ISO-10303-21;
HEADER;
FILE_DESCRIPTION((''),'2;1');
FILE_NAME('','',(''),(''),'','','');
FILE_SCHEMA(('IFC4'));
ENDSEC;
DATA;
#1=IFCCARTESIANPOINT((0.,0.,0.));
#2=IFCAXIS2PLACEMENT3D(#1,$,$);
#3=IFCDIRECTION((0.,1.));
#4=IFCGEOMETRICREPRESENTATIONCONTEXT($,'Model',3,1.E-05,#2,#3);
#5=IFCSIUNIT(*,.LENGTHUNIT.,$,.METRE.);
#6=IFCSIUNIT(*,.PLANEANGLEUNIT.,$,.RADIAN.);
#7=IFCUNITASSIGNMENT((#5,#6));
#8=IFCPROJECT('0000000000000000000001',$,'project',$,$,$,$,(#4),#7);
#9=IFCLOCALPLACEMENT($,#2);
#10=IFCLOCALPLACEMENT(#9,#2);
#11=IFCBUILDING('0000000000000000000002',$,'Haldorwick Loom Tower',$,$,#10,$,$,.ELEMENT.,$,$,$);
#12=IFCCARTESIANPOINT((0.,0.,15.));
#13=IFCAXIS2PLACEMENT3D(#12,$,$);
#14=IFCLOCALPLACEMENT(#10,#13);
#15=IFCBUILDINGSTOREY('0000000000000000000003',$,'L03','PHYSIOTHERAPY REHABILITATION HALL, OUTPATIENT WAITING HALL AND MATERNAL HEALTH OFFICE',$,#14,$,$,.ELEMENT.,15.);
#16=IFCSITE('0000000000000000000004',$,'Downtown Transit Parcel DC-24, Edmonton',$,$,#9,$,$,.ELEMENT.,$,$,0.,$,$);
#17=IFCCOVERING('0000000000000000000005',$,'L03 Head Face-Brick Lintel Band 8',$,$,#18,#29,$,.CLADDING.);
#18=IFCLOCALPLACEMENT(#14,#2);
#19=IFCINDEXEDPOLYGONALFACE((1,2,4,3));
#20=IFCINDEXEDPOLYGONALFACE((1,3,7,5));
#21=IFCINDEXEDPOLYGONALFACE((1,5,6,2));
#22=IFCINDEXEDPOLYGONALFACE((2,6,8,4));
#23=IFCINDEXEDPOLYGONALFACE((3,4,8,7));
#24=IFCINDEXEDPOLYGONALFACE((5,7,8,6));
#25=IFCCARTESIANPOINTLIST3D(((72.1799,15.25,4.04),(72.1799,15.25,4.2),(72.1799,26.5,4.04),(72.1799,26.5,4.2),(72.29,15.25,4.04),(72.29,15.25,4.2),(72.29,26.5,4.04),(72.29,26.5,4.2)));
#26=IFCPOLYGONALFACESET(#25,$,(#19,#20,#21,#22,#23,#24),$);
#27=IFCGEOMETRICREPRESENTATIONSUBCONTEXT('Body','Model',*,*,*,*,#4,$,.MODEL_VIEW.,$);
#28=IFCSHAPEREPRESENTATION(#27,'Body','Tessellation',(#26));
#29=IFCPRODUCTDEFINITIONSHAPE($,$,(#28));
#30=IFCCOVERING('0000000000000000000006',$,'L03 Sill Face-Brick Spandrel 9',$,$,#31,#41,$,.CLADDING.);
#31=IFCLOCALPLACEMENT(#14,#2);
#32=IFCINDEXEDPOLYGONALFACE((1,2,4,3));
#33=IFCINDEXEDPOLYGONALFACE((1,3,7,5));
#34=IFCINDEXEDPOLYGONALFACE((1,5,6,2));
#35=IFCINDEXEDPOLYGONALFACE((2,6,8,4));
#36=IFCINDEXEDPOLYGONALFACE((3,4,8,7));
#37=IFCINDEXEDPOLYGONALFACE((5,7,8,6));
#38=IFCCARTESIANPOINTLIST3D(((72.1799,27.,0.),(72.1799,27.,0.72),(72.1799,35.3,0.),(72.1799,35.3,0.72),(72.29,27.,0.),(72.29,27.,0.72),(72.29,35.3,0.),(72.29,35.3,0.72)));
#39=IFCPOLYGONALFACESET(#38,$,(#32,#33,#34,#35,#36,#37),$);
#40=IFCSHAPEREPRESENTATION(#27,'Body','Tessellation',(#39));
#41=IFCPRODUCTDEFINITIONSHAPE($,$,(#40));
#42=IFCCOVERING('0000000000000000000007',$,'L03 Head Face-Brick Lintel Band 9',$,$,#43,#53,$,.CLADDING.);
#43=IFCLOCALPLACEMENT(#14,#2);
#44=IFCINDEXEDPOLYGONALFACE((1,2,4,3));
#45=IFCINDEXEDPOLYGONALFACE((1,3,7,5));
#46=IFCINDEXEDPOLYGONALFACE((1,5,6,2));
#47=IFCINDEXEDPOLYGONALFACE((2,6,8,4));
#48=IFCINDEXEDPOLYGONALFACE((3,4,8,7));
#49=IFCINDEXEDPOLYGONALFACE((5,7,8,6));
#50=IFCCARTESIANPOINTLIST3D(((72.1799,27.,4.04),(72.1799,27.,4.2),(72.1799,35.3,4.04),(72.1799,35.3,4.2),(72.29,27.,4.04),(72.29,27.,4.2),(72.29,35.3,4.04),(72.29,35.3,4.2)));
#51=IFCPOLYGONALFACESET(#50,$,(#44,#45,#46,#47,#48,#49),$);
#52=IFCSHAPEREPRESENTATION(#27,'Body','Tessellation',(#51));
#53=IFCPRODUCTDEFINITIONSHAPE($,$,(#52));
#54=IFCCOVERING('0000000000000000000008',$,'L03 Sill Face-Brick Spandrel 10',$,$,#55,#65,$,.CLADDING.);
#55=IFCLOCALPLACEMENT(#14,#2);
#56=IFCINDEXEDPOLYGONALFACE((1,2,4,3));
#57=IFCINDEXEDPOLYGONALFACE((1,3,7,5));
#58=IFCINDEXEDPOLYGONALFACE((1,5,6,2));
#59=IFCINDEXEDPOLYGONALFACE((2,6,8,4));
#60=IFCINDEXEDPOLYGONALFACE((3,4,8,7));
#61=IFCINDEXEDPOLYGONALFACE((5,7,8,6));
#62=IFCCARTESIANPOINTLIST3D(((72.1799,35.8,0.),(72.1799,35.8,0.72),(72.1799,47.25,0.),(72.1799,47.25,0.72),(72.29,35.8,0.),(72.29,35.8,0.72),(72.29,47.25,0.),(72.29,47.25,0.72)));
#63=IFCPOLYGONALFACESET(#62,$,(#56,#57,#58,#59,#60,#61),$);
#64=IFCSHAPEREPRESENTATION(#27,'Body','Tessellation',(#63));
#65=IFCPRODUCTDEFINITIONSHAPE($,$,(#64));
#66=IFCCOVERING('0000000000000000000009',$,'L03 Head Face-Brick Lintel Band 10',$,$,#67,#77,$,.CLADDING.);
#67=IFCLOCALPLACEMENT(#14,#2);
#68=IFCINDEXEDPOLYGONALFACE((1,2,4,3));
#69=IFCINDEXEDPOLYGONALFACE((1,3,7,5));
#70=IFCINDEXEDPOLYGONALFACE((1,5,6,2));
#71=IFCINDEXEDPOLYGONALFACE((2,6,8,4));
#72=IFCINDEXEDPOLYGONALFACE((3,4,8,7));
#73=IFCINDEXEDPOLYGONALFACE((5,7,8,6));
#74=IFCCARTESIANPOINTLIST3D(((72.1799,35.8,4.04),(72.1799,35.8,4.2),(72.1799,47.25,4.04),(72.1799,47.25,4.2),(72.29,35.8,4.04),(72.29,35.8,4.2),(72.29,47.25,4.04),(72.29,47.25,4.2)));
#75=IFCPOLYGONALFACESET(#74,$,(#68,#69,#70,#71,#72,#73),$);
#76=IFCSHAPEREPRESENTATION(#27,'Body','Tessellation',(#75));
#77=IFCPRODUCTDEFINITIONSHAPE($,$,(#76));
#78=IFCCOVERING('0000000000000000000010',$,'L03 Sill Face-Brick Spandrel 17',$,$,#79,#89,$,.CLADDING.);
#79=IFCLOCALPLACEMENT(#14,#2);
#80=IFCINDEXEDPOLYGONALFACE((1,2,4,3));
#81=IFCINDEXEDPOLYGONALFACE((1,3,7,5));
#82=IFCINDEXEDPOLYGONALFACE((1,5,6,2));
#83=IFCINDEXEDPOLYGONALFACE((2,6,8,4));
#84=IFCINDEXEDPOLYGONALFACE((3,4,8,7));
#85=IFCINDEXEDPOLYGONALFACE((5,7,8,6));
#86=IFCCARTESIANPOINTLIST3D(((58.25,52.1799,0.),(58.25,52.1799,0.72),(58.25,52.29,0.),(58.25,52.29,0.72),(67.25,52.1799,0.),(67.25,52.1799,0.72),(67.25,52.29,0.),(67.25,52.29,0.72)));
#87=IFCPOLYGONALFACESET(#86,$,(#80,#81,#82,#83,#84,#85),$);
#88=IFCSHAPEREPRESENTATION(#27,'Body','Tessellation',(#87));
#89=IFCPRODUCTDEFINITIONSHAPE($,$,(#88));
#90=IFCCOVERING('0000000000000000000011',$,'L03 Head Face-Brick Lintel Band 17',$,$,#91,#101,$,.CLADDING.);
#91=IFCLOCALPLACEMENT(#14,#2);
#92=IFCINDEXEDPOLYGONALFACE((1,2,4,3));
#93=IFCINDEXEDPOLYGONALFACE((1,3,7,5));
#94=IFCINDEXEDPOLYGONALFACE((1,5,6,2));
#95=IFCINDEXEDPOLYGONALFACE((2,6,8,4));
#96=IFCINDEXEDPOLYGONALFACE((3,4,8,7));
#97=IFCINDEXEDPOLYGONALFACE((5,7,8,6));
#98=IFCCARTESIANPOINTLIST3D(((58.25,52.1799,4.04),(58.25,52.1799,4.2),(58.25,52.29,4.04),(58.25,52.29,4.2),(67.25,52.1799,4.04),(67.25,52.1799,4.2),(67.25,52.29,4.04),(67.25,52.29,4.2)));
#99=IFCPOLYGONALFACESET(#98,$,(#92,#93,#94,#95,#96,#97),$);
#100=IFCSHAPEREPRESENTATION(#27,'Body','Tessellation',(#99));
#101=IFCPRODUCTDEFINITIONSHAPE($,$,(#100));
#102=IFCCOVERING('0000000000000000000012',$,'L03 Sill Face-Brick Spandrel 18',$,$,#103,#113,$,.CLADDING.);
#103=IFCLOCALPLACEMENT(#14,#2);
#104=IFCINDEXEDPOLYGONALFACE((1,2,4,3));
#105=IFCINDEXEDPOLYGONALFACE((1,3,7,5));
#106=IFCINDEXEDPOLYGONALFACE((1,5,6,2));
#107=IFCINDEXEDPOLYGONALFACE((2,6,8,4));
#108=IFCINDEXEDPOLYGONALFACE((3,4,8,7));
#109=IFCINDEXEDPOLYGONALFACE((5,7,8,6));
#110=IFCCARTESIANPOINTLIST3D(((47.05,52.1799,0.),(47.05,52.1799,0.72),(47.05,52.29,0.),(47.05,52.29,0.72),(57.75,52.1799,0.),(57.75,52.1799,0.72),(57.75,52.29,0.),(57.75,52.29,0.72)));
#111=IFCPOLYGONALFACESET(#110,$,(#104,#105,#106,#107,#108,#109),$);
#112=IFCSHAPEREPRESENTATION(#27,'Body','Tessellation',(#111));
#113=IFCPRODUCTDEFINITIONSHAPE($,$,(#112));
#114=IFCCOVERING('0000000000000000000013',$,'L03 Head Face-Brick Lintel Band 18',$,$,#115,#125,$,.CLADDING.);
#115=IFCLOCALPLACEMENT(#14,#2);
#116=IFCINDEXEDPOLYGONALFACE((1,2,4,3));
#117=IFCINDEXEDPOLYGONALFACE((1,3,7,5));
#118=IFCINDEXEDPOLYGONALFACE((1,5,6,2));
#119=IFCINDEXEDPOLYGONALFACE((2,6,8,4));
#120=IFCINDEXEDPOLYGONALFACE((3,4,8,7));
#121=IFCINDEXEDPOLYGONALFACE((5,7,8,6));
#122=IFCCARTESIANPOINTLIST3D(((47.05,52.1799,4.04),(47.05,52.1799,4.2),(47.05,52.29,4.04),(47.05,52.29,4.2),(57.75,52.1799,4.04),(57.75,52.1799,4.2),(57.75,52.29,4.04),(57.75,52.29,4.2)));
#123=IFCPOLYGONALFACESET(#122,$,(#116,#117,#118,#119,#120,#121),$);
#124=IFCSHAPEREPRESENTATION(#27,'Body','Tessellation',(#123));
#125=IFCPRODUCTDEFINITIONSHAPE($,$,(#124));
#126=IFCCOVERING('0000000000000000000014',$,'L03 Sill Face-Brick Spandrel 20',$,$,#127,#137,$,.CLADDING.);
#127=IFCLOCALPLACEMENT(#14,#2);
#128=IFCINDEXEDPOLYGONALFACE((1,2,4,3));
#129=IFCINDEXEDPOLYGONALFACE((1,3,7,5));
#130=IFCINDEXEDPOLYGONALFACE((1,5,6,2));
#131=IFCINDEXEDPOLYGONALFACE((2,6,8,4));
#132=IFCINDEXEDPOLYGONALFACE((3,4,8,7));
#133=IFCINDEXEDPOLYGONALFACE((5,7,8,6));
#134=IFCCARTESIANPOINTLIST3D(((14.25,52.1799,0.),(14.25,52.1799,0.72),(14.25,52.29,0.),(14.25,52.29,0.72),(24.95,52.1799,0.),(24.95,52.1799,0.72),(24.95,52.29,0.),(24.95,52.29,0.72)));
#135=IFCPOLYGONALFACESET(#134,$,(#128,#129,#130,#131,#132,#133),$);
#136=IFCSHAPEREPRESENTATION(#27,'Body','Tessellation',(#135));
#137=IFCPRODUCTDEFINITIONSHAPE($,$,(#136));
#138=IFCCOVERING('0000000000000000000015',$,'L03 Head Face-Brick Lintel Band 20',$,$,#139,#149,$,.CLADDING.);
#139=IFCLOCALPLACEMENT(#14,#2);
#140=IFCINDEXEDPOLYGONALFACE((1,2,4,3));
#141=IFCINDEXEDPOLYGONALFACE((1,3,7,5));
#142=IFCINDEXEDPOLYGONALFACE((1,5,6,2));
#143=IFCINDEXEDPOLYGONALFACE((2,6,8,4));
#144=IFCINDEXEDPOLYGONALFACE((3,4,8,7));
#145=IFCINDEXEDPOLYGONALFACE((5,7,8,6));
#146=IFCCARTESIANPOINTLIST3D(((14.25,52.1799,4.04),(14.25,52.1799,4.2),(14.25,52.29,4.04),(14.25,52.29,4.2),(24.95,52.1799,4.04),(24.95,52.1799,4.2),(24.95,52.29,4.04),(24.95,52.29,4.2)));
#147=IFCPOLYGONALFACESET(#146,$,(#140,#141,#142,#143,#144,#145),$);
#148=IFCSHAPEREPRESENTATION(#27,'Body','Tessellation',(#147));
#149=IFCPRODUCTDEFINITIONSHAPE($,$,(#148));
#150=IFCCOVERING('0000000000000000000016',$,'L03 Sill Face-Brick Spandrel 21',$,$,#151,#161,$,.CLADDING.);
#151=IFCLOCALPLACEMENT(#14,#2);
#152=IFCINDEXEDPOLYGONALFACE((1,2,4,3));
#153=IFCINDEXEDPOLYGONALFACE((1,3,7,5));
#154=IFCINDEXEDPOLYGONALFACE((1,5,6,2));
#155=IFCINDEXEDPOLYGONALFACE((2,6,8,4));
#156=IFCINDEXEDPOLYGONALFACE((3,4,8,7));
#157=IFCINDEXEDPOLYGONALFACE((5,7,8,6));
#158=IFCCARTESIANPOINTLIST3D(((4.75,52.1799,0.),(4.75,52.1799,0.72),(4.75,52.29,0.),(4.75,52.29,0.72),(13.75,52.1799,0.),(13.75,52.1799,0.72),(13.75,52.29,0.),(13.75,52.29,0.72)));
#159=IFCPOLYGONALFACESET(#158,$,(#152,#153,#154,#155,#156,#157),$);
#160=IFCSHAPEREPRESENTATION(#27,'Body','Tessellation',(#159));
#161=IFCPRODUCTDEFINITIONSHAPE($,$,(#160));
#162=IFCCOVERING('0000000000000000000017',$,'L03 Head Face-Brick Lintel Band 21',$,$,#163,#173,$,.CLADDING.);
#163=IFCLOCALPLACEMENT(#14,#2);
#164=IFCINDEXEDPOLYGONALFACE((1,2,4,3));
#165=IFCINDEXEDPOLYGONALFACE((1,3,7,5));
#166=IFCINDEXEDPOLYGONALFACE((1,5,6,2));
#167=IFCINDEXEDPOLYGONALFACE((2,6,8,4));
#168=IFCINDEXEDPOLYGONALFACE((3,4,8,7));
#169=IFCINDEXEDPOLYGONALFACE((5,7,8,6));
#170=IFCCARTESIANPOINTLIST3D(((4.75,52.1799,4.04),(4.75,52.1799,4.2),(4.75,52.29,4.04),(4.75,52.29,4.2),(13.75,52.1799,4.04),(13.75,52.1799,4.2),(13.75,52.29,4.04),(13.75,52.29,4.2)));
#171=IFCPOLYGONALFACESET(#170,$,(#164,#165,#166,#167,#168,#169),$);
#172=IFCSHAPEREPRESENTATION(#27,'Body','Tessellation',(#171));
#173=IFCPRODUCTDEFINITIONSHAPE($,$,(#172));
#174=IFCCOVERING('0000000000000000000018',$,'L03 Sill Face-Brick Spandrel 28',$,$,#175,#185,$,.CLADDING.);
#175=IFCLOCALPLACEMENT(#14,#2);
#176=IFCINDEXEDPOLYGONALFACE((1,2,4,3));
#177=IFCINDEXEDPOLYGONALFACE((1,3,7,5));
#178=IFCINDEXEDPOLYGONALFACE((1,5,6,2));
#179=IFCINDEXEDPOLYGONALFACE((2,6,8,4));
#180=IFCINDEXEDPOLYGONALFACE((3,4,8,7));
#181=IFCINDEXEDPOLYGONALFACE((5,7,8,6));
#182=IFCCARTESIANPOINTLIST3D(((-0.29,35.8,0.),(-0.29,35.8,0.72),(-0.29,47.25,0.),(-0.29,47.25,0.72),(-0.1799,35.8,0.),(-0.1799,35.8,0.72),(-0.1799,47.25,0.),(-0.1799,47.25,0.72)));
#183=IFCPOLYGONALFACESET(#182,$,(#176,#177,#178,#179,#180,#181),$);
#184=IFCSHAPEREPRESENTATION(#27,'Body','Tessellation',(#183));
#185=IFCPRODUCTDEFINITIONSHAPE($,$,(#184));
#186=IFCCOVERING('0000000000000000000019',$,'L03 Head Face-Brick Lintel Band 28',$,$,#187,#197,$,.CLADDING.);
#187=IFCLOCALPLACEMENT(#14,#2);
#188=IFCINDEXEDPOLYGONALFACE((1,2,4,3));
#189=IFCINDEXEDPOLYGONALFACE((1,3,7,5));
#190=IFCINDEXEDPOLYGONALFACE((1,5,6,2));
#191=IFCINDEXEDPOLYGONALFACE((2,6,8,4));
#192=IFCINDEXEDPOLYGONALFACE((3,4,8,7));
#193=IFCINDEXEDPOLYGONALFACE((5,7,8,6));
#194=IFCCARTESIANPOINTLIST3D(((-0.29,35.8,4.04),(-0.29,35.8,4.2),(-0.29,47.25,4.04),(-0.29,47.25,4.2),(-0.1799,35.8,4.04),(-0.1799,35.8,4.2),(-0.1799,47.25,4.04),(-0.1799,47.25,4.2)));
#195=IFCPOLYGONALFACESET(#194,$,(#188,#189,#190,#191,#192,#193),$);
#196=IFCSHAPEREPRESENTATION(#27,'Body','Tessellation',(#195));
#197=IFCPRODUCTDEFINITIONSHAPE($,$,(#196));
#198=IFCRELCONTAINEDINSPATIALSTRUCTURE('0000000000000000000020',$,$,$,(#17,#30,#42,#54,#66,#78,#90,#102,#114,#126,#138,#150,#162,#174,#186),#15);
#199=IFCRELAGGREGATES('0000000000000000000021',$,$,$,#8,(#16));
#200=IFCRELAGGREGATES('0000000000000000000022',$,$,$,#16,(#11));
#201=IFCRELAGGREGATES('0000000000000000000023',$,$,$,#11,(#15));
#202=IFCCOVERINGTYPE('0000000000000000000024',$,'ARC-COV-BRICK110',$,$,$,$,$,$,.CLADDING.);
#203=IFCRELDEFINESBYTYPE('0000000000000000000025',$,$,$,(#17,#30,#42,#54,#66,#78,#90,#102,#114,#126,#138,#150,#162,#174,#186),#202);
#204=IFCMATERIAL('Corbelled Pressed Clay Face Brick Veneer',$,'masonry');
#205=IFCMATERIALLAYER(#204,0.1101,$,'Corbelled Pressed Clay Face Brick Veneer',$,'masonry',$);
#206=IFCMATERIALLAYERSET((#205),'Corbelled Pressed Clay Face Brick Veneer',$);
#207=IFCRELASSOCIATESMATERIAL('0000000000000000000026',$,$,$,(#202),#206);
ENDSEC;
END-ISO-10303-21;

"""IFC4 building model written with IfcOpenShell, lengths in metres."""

from ifc_helpers import new_model, si_unit, direction, frame, origin, place, context, subcontext, project, spatial, polyline, outline, extrude, material, layer, layer_set, type_object, element, save


model = new_model("IFC4")

# Units and contexts
model_context = context("Model", 3, precision=1e-05, world=origin(), true_north=direction((0.0, 1.0)))
body_context = subcontext(model_context, "Body", "Model", "MODEL_VIEW")
ifc_project = project(units=[si_unit("LENGTHUNIT", "METRE"), si_unit("PLANEANGLEUNIT", "RADIAN")], contexts=[model_context])

# Site, building, storey
site_placement = place(None, origin())
site = spatial("IfcSite", under=ifc_project, at=site_placement, Name="Downtown Transit Parcel DC-24, Edmonton", CompositionType="ELEMENT", RefElevation=0.0)
building_placement = place(site_placement, origin())
building = spatial("IfcBuilding", under=site, at=building_placement, Name="Haldorwick Loom Tower", CompositionType="ELEMENT")
storey_placement = place(building_placement, frame((0.0, 0.0, 15.0)))
storey = spatial("IfcBuildingStorey", under=building, at=storey_placement, Name="L03", Description="PHYSIOTHERAPY REHABILITATION HALL, OUTPATIENT WAITING HALL AND MATERNAL HEALTH OFFICE", CompositionType="ELEMENT", Elevation=15.0)

# Coverings
ifc_material_1 = material(Name="Corbelled Pressed Clay Face Brick Veneer", Category="masonry")
ifc_layer_1 = layer(ifc_material_1, 0.1101, Name="Corbelled Pressed Clay Face Brick Veneer", Category="masonry")
ifc_layer_set_1 = layer_set([ifc_layer_1], Name="Corbelled Pressed Clay Face Brick Veneer")
covering_type = type_object("IfcCoveringType", Name="ARC-COV-BRICK110", PredefinedType="CLADDING", material=ifc_layer_set_1)
covering_1_placement = place(storey_placement, frame((0.0, 0.0, 4.04)))
element("IfcCovering", 1, at=covering_1_placement, inside=storey, type_object=covering_type, Name="L03 Head Face-Brick Lintel Band 8", PredefinedType="CLADDING", context=body_context, shape_type="SweptSolid", body=[
    extrude(outline(polyline([(72.29, 15.25), (72.29, 26.5), (72.1799, 26.5), (72.1799, 15.25), (72.29, 15.25)])), origin(), (0.0, 0.0, 1.0), 0.1599),
])
covering_2_placement = place(storey_placement, origin())
element("IfcCovering", 2, at=covering_2_placement, inside=storey, type_object=covering_type, Name="L03 Sill Face-Brick Spandrel 9", PredefinedType="CLADDING", context=body_context, shape_type="SweptSolid", body=[
    extrude(outline(polyline([(72.29, 27.0), (72.29, 35.3), (72.1799, 35.3), (72.1799, 27.0), (72.29, 27.0)])), origin(), (0.0, 0.0, 1.0), 0.72),
])
covering_3_placement = place(storey_placement, frame((0.0, 0.0, 4.04)))
element("IfcCovering", 3, at=covering_3_placement, inside=storey, type_object=covering_type, Name="L03 Head Face-Brick Lintel Band 9", PredefinedType="CLADDING", context=body_context, shape_type="SweptSolid", body=[
    extrude(outline(polyline([(72.29, 27.0), (72.29, 35.3), (72.1799, 35.3), (72.1799, 27.0), (72.29, 27.0)])), origin(), (0.0, 0.0, 1.0), 0.1599),
])
covering_4_placement = place(storey_placement, origin())
element("IfcCovering", 4, at=covering_4_placement, inside=storey, type_object=covering_type, Name="L03 Sill Face-Brick Spandrel 10", PredefinedType="CLADDING", context=body_context, shape_type="SweptSolid", body=[
    extrude(outline(polyline([(72.29, 35.8), (72.29, 47.25), (72.1799, 47.25), (72.1799, 35.8), (72.29, 35.8)])), origin(), (0.0, 0.0, 1.0), 0.72),
])
covering_5_placement = place(storey_placement, frame((0.0, 0.0, 4.04)))
element("IfcCovering", 5, at=covering_5_placement, inside=storey, type_object=covering_type, Name="L03 Head Face-Brick Lintel Band 10", PredefinedType="CLADDING", context=body_context, shape_type="SweptSolid", body=[
    extrude(outline(polyline([(72.29, 35.8), (72.29, 47.25), (72.1799, 47.25), (72.1799, 35.8), (72.29, 35.8)])), origin(), (0.0, 0.0, 1.0), 0.1599),
])
covering_6_placement = place(storey_placement, origin())
element("IfcCovering", 6, at=covering_6_placement, inside=storey, type_object=covering_type, Name="L03 Sill Face-Brick Spandrel 17", PredefinedType="CLADDING", context=body_context, shape_type="SweptSolid", body=[
    extrude(outline(polyline([(67.25, 52.29), (58.25, 52.29), (58.25, 52.1799), (67.25, 52.1799), (67.25, 52.29)])), origin(), (0.0, 0.0, 1.0), 0.72),
])
covering_7_placement = place(storey_placement, frame((0.0, 0.0, 4.04)))
element("IfcCovering", 7, at=covering_7_placement, inside=storey, type_object=covering_type, Name="L03 Head Face-Brick Lintel Band 17", PredefinedType="CLADDING", context=body_context, shape_type="SweptSolid", body=[
    extrude(outline(polyline([(67.25, 52.29), (58.25, 52.29), (58.25, 52.1799), (67.25, 52.1799), (67.25, 52.29)])), origin(), (0.0, 0.0, 1.0), 0.1599),
])
covering_8_placement = place(storey_placement, origin())
element("IfcCovering", 8, at=covering_8_placement, inside=storey, type_object=covering_type, Name="L03 Sill Face-Brick Spandrel 18", PredefinedType="CLADDING", context=body_context, shape_type="SweptSolid", body=[
    extrude(outline(polyline([(57.75, 52.29), (47.05, 52.29), (47.05, 52.1799), (57.75, 52.1799), (57.75, 52.29)])), origin(), (0.0, 0.0, 1.0), 0.72),
])
covering_9_placement = place(storey_placement, frame((0.0, 0.0, 4.04)))
element("IfcCovering", 9, at=covering_9_placement, inside=storey, type_object=covering_type, Name="L03 Head Face-Brick Lintel Band 18", PredefinedType="CLADDING", context=body_context, shape_type="SweptSolid", body=[
    extrude(outline(polyline([(57.75, 52.29), (47.05, 52.29), (47.05, 52.1799), (57.75, 52.1799), (57.75, 52.29)])), origin(), (0.0, 0.0, 1.0), 0.1599),
])
covering_10_placement = place(storey_placement, origin())
element("IfcCovering", 10, at=covering_10_placement, inside=storey, type_object=covering_type, Name="L03 Sill Face-Brick Spandrel 20", PredefinedType="CLADDING", context=body_context, shape_type="SweptSolid", body=[
    extrude(outline(polyline([(24.95, 52.29), (14.25, 52.29), (14.25, 52.1799), (24.95, 52.1799), (24.95, 52.29)])), origin(), (0.0, 0.0, 1.0), 0.72),
])
covering_11_placement = place(storey_placement, frame((0.0, 0.0, 4.04)))
element("IfcCovering", 11, at=covering_11_placement, inside=storey, type_object=covering_type, Name="L03 Head Face-Brick Lintel Band 20", PredefinedType="CLADDING", context=body_context, shape_type="SweptSolid", body=[
    extrude(outline(polyline([(24.95, 52.29), (14.25, 52.29), (14.25, 52.1799), (24.95, 52.1799), (24.95, 52.29)])), origin(), (0.0, 0.0, 1.0), 0.1599),
])
covering_12_placement = place(storey_placement, origin())
element("IfcCovering", 12, at=covering_12_placement, inside=storey, type_object=covering_type, Name="L03 Sill Face-Brick Spandrel 21", PredefinedType="CLADDING", context=body_context, shape_type="SweptSolid", body=[
    extrude(outline(polyline([(13.75, 52.29), (4.75, 52.29), (4.75, 52.1799), (13.75, 52.1799), (13.75, 52.29)])), origin(), (0.0, 0.0, 1.0), 0.72),
])
covering_13_placement = place(storey_placement, frame((0.0, 0.0, 4.04)))
element("IfcCovering", 13, at=covering_13_placement, inside=storey, type_object=covering_type, Name="L03 Head Face-Brick Lintel Band 21", PredefinedType="CLADDING", context=body_context, shape_type="SweptSolid", body=[
    extrude(outline(polyline([(13.75, 52.29), (4.75, 52.29), (4.75, 52.1799), (13.75, 52.1799), (13.75, 52.29)])), origin(), (0.0, 0.0, 1.0), 0.1599),
])
covering_14_placement = place(storey_placement, origin())
element("IfcCovering", 14, at=covering_14_placement, inside=storey, type_object=covering_type, Name="L03 Sill Face-Brick Spandrel 28", PredefinedType="CLADDING", context=body_context, shape_type="SweptSolid", body=[
    extrude(outline(polyline([(-0.29, 47.25), (-0.29, 35.8), (-0.1799, 35.8), (-0.1799, 47.25), (-0.29, 47.25)])), origin(), (0.0, 0.0, 1.0), 0.72),
])
covering_15_placement = place(storey_placement, frame((0.0, 0.0, 4.04)))
element("IfcCovering", 15, at=covering_15_placement, inside=storey, type_object=covering_type, Name="L03 Head Face-Brick Lintel Band 28", PredefinedType="CLADDING", context=body_context, shape_type="SweptSolid", body=[
    extrude(outline(polyline([(-0.29, 47.25), (-0.29, 35.8), (-0.1799, 35.8), (-0.1799, 47.25), (-0.29, 47.25)])), origin(), (0.0, 0.0, 1.0), 0.1599),
])

save(model, "model.ifc")
